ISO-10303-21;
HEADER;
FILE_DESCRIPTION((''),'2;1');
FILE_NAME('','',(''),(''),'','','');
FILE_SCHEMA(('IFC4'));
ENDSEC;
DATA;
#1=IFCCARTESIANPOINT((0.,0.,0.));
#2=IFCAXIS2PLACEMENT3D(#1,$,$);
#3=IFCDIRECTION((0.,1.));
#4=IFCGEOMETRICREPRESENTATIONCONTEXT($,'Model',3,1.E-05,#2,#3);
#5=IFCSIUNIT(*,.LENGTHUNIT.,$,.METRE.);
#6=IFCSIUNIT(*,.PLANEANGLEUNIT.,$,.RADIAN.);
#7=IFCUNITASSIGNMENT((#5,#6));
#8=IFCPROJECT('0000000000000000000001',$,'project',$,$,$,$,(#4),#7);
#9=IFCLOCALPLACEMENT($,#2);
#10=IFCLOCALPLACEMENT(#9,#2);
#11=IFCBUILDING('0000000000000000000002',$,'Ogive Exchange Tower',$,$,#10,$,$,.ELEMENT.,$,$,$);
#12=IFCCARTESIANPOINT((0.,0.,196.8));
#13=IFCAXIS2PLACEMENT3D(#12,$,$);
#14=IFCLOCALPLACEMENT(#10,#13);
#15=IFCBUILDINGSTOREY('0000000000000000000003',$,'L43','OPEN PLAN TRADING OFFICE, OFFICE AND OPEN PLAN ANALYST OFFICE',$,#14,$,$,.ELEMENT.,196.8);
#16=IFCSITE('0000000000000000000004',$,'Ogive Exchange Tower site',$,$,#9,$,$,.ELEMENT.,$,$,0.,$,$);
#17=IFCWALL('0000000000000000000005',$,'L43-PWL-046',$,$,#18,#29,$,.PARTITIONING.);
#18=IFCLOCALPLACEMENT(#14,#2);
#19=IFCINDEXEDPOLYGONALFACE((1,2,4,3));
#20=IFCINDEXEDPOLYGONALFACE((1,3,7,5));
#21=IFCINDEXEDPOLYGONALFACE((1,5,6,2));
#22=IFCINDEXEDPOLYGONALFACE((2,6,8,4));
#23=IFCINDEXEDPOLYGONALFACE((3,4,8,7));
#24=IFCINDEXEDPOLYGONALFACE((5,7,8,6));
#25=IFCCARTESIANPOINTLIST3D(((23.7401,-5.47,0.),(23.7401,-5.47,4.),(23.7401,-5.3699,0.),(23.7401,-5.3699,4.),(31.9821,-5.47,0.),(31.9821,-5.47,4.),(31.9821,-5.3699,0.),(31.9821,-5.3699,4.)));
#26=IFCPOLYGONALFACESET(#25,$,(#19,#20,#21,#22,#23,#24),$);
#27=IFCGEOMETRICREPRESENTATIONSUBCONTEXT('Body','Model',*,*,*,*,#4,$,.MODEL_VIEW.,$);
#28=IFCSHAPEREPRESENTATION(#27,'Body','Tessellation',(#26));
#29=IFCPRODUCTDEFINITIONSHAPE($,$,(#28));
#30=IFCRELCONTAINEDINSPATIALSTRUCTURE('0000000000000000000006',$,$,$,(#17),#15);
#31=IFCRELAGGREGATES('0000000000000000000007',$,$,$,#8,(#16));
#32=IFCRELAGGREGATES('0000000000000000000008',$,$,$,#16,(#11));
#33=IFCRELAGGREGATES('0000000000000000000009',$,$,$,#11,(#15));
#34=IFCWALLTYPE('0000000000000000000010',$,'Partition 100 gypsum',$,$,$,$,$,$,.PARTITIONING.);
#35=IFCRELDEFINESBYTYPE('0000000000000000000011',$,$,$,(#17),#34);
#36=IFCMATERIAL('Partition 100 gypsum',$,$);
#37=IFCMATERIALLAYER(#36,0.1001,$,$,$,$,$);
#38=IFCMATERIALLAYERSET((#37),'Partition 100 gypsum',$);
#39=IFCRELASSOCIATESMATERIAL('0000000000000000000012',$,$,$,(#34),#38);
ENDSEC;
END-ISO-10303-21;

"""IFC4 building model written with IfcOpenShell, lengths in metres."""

from ifc_helpers import new_model, si_unit, direction, frame, frame_2d, origin, place, context, subcontext, project, spatial, rectangle, extrude, material, layer, layer_set, type_object, element, save


model = new_model("IFC4")

# Units and contexts
model_context = context("Model", 3, precision=1e-05, world=origin(), true_north=direction((0.0, 1.0)))
body_context = subcontext(model_context, "Body", "Model", "MODEL_VIEW")
ifc_project = project(units=[si_unit("LENGTHUNIT", "METRE"), si_unit("PLANEANGLEUNIT", "RADIAN")], contexts=[model_context])

# Site, building, storey
site_placement = place(None, origin())
site = spatial("IfcSite", under=ifc_project, at=site_placement, Name="Ogive Exchange Tower site", CompositionType="ELEMENT", RefElevation=0.0)
building_placement = place(site_placement, origin())
building = spatial("IfcBuilding", under=site, at=building_placement, Name="Ogive Exchange Tower", CompositionType="ELEMENT")
storey_placement = place(building_placement, frame((0.0, 0.0, 196.8)))
storey = spatial("IfcBuildingStorey", under=building, at=storey_placement, Name="L43", Description="OPEN PLAN TRADING OFFICE, OFFICE AND OPEN PLAN ANALYST OFFICE", CompositionType="ELEMENT", Elevation=196.8)

# Wall
ifc_material_1 = material(Name="Partition 100 gypsum")
ifc_layer_1 = layer(ifc_material_1, 0.1001)
ifc_layer_set_1 = layer_set([ifc_layer_1], Name="Partition 100 gypsum")
wall_type_1 = type_object("IfcWallType", Name="Partition 100 gypsum", PredefinedType="PARTITIONING", material=ifc_layer_set_1)
wall_1_placement = place(storey_placement, frame((23.74, -5.4199, 0.0), z_axis=(0.0, 0.0, 1.0), x_axis=(1.0, 0.0, 0.0)))
element("IfcWall", 1, at=wall_1_placement, inside=storey, type_object=wall_type_1, Name="L43-PWL-046", PredefinedType="PARTITIONING", context=body_context, shape_type="SweptSolid", body=[
    extrude(rectangle(XDim=8.2419, YDim=0.1001, at=frame_2d((4.1211, 0.0))), origin(), (0.0, 0.0, 1.0), 4.0),
])

save(model, "model.ifc")
